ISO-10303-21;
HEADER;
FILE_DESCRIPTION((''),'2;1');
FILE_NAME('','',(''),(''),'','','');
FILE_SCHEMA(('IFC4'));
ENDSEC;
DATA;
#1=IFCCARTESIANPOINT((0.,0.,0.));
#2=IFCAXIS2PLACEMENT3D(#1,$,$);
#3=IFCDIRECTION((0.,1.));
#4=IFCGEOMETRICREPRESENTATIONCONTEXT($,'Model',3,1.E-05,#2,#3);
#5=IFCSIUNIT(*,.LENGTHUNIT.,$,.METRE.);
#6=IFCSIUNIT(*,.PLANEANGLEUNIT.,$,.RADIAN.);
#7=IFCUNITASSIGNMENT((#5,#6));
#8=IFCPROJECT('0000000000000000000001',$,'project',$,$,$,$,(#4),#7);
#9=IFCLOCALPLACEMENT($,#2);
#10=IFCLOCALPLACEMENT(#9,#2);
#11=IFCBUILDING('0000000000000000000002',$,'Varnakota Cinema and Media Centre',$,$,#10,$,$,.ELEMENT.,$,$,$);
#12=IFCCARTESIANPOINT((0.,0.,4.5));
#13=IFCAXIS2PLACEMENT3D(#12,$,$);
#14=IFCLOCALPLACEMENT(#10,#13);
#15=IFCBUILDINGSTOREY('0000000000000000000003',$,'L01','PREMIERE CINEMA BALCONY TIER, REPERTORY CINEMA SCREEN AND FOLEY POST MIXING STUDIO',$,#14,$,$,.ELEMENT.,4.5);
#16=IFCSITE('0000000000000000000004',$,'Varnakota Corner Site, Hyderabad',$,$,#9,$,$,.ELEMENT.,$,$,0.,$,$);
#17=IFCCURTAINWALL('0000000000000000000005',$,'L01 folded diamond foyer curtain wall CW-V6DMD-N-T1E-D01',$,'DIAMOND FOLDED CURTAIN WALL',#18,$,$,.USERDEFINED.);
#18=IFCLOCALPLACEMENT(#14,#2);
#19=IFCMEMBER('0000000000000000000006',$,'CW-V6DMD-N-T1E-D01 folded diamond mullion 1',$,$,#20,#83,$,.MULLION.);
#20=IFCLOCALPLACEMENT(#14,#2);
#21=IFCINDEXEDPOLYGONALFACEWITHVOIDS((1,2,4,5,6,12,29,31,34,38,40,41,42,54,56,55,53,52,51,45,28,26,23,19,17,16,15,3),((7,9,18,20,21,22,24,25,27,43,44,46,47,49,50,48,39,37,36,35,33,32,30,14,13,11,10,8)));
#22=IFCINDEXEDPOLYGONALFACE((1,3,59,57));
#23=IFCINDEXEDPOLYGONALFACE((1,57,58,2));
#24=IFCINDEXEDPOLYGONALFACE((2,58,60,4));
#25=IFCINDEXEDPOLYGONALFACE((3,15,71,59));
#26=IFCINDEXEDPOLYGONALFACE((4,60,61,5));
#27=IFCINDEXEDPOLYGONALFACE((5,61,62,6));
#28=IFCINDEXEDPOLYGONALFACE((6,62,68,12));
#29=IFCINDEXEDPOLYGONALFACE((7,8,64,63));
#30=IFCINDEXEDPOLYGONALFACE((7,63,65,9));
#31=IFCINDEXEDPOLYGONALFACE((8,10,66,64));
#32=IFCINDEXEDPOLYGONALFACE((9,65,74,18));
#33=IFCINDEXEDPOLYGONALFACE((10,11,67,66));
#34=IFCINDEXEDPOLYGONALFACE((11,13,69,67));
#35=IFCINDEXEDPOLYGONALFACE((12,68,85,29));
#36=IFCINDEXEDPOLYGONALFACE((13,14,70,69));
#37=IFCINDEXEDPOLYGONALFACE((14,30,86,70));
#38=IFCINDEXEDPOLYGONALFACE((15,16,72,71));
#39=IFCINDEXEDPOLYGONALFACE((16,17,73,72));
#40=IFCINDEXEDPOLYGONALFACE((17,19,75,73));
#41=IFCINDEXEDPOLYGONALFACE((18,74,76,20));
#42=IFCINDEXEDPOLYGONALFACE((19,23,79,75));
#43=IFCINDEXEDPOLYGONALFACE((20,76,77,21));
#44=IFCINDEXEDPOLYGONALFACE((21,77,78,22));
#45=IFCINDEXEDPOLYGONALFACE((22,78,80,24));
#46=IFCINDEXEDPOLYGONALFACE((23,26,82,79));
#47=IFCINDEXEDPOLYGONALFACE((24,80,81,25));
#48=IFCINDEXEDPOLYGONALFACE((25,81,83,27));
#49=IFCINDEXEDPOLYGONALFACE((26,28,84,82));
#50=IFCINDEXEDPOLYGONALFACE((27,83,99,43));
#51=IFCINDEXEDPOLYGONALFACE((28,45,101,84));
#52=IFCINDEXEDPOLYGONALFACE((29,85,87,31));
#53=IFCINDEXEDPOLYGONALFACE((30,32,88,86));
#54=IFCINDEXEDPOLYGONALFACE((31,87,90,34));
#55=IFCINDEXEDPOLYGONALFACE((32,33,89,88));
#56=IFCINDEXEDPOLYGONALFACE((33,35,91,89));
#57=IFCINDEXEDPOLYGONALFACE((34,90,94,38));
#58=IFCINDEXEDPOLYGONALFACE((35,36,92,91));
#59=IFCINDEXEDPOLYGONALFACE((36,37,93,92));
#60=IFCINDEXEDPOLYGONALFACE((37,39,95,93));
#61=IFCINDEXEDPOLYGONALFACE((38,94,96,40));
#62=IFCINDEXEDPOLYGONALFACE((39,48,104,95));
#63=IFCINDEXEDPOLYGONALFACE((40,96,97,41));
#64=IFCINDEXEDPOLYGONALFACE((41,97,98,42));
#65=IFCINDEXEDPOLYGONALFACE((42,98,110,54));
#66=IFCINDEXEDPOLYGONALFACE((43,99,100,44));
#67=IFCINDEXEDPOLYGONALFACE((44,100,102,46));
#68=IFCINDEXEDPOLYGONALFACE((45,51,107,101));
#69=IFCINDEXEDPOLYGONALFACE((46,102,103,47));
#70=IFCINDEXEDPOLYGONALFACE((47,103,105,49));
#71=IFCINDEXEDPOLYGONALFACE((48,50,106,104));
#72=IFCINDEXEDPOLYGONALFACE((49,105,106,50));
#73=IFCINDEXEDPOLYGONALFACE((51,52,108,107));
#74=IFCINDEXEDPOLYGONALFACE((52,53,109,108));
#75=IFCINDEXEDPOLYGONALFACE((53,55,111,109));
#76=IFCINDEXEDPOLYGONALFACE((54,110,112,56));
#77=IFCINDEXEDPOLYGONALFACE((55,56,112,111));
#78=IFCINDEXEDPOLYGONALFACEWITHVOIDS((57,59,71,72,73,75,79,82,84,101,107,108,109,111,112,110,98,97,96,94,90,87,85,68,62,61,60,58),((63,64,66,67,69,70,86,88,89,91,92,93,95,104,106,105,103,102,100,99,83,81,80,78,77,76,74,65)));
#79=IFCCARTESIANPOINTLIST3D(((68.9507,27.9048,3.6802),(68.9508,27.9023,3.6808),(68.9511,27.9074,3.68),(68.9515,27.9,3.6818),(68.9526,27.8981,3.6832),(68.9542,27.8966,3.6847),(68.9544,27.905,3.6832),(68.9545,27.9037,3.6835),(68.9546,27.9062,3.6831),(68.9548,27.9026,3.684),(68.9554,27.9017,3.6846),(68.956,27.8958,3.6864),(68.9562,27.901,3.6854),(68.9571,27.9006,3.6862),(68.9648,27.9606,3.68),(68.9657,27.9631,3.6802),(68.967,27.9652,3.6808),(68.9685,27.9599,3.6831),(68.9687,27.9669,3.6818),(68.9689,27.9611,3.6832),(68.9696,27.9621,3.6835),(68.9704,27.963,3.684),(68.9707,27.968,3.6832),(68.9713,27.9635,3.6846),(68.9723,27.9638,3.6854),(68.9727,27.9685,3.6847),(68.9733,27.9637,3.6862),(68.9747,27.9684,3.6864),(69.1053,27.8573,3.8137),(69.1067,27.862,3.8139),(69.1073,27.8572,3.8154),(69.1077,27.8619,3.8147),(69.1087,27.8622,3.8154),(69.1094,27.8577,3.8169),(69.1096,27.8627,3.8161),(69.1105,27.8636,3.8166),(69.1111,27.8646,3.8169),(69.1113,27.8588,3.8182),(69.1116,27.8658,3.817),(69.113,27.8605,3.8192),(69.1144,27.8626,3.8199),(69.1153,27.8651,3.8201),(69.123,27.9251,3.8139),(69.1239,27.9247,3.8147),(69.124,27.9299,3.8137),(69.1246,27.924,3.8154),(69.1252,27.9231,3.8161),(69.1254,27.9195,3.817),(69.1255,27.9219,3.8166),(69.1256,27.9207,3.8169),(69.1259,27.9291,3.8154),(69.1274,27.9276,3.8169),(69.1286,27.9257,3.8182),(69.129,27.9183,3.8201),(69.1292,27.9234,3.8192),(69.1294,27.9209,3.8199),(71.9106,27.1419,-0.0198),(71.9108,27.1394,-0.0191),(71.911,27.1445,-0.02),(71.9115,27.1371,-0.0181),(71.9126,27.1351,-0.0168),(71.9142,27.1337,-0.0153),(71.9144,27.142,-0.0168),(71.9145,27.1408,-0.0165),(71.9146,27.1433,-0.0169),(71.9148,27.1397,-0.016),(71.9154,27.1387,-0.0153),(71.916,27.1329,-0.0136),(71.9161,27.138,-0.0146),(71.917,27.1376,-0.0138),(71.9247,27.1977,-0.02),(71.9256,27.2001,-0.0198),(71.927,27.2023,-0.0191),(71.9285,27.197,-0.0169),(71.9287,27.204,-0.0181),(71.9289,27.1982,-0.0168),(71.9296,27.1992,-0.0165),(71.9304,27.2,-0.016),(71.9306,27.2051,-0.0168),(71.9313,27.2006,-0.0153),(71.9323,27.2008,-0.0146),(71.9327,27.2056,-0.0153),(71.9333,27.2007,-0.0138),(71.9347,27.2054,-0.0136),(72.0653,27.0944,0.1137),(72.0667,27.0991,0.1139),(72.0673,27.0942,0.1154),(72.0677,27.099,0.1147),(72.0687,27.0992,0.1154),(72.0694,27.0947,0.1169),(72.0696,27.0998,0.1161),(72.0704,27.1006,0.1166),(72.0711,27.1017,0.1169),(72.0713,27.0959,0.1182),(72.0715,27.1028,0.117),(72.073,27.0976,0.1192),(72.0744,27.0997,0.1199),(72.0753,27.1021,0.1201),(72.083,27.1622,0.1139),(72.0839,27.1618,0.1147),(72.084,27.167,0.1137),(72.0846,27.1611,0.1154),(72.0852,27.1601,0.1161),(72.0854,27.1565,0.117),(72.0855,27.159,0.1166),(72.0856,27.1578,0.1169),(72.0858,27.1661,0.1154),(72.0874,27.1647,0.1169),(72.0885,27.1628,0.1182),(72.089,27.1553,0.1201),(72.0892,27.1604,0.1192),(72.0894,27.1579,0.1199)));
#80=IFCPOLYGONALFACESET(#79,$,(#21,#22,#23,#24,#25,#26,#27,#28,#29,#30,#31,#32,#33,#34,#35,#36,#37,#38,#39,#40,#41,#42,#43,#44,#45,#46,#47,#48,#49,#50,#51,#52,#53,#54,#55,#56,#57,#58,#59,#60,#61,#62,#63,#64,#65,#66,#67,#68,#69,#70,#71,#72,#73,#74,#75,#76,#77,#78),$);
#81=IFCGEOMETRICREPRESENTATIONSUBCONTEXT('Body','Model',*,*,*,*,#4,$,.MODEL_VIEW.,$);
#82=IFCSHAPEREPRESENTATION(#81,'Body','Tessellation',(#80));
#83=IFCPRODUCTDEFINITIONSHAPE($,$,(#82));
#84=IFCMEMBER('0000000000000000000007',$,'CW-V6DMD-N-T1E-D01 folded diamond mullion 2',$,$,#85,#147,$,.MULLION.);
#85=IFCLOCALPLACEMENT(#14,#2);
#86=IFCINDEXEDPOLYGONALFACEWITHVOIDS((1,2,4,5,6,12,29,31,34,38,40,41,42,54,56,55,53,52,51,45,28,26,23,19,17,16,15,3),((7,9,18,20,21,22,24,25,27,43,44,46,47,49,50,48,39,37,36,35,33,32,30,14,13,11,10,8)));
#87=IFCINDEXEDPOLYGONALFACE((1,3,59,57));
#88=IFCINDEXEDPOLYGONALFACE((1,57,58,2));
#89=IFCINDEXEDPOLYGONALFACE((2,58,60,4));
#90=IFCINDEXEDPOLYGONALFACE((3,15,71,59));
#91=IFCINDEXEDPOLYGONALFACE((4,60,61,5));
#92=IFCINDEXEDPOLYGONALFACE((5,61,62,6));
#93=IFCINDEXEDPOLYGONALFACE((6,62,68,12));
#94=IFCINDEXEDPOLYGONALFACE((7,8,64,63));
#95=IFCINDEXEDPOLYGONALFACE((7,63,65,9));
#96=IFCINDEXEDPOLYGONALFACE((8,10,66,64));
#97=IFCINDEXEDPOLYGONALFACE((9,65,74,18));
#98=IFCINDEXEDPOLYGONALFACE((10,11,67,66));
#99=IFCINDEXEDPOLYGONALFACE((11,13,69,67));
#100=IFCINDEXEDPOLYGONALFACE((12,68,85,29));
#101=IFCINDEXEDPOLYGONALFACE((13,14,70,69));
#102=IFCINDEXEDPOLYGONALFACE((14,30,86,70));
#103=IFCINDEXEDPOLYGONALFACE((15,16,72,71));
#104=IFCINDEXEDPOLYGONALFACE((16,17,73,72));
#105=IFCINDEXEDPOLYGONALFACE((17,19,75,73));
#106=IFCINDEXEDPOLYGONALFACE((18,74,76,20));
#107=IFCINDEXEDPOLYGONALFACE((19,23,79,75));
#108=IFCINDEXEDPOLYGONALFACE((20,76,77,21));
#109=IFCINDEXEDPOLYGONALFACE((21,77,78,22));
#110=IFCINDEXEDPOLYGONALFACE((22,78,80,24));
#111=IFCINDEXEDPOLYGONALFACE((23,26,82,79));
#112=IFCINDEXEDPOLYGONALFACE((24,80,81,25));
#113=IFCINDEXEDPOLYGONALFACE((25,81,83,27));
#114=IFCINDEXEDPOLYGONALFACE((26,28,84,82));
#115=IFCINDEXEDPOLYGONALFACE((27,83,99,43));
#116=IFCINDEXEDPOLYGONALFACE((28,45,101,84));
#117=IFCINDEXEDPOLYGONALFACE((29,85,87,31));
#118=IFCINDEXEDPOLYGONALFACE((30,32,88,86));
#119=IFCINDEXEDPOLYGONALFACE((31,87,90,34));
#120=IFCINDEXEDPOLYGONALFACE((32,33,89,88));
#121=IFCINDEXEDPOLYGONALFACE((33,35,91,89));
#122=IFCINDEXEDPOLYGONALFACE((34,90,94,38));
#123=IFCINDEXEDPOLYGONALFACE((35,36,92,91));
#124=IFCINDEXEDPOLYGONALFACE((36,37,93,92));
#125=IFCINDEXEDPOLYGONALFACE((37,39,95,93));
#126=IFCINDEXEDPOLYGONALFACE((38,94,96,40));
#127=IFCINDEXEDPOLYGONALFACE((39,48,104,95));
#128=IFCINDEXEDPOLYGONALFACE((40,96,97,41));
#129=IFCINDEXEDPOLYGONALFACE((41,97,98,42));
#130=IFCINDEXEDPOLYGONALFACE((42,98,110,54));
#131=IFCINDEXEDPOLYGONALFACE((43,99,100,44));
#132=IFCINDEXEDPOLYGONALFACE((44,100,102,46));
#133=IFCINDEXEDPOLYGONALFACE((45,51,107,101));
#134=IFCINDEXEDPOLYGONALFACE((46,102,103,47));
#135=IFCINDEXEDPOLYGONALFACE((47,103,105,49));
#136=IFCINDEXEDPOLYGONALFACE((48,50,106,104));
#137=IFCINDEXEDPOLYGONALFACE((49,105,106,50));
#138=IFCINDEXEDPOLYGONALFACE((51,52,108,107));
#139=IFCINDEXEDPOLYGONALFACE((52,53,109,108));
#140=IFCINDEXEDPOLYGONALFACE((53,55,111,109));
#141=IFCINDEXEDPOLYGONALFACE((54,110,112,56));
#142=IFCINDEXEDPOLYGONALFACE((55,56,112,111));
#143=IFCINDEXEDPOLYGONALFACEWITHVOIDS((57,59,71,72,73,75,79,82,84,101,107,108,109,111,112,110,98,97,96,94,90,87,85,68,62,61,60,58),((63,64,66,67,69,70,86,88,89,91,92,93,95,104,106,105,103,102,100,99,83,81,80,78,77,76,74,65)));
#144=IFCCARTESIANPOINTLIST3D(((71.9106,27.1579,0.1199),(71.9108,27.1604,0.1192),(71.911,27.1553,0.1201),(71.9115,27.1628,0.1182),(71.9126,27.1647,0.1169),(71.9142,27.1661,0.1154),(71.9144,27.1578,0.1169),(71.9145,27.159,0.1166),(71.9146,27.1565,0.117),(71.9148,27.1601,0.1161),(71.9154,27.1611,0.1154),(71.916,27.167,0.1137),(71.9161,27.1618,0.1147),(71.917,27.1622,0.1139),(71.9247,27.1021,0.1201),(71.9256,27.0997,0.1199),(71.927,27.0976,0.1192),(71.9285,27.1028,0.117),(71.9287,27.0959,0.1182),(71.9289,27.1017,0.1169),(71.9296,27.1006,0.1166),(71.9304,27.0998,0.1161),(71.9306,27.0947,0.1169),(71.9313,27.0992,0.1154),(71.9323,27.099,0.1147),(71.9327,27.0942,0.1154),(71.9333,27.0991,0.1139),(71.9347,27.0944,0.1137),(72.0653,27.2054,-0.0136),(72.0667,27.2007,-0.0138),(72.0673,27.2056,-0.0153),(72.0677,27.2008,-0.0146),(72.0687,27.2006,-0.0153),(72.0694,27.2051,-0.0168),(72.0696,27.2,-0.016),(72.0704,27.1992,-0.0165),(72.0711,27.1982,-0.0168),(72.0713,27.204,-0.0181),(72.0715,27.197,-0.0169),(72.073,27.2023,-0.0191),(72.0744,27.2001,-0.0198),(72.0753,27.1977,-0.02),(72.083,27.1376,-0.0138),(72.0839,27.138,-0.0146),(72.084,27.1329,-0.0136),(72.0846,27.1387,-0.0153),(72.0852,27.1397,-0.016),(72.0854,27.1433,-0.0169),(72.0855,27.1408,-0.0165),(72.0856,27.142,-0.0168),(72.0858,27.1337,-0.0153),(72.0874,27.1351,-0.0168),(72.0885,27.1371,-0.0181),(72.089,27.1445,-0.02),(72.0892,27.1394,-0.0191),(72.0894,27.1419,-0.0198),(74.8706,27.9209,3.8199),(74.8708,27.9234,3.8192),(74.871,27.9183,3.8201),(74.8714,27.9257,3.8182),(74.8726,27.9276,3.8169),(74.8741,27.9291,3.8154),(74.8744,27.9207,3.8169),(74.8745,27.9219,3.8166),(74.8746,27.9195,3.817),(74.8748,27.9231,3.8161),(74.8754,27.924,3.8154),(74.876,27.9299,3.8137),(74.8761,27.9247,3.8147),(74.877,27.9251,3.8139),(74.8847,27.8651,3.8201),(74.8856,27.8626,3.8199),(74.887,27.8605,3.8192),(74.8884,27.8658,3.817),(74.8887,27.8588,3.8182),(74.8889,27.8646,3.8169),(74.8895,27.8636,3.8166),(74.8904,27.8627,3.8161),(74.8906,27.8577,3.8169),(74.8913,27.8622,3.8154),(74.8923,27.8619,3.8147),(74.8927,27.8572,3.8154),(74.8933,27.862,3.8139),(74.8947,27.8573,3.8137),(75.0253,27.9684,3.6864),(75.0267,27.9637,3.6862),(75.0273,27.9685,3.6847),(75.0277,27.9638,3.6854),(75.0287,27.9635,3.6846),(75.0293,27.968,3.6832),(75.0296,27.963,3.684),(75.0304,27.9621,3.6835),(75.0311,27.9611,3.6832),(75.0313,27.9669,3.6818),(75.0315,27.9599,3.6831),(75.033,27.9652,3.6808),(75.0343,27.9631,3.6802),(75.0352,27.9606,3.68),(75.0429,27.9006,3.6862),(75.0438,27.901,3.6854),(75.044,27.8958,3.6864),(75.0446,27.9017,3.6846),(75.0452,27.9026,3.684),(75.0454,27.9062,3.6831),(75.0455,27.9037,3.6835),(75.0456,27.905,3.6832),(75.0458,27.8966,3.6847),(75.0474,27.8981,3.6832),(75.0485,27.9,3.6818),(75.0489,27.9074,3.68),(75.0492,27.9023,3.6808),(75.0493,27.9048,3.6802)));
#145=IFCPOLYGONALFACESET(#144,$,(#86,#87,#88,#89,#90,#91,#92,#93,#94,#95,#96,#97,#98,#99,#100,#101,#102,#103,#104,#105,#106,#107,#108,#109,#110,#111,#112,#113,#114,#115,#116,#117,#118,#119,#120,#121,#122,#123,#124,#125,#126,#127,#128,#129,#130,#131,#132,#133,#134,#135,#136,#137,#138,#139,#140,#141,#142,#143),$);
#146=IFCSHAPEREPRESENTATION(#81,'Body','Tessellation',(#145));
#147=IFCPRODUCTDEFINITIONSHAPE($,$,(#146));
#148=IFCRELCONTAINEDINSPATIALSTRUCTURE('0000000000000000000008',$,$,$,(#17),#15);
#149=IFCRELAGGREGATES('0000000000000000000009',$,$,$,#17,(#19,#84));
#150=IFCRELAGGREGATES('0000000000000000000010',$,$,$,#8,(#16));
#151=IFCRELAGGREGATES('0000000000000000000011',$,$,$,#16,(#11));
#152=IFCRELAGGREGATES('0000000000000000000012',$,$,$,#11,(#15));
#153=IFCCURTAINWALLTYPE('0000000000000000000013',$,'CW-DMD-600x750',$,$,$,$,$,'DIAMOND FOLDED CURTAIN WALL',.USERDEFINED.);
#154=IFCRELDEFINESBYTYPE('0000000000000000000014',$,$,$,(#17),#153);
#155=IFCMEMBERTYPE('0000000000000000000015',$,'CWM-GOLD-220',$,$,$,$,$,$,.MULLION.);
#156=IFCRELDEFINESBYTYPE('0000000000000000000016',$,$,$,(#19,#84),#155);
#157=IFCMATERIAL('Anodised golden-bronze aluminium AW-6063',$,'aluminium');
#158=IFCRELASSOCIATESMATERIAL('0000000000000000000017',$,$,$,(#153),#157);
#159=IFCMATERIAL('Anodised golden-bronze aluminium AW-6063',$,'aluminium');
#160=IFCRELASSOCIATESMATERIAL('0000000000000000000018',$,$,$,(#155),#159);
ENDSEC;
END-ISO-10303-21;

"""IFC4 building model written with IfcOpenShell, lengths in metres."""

from ifc_helpers import new_model, si_unit, direction, frame, origin, origin_2d, place, context, subcontext, project, spatial, hollow_rectangle, extrude, material, material_profile, profile_set, type_object, element, aggregate, save


model = new_model("IFC4")

# Units and contexts
model_context = context("Model", 3, precision=1e-05, world=origin(), true_north=direction((0.0, 1.0)))
body_context = subcontext(model_context, "Body", "Model", "MODEL_VIEW")
ifc_project = project(units=[si_unit("LENGTHUNIT", "METRE"), si_unit("PLANEANGLEUNIT", "RADIAN")], contexts=[model_context])

# Site, building, storey
site_placement = place(None, origin())
site = spatial("IfcSite", under=ifc_project, at=site_placement, Name="Varnakota Corner Site, Hyderabad", CompositionType="ELEMENT", RefElevation=0.0)
building_placement = place(site_placement, origin())
building = spatial("IfcBuilding", under=site, at=building_placement, Name="Varnakota Cinema and Media Centre", CompositionType="ELEMENT")
storey_placement = place(building_placement, frame((0.0, 0.0, 4.5)))
storey = spatial("IfcBuildingStorey", under=building, at=storey_placement, Name="L01", Description="PREMIERE CINEMA BALCONY TIER, REPERTORY CINEMA SCREEN AND FOLEY POST MIXING STUDIO", CompositionType="ELEMENT", Elevation=4.5)

# Curtain wall, members
ifc_material_1 = material(Name="Anodised golden-bronze aluminium AW-6063", Category="aluminium")
curtain_wall_type = type_object("IfcCurtainWallType", Name="CW-DMD-600x750", ElementType="DIAMOND FOLDED CURTAIN WALL", PredefinedType="USERDEFINED", material=ifc_material_1)
curtain_wall_placement = place(storey_placement, origin())
curtain_wall = element("IfcCurtainWall", 1, at=curtain_wall_placement, inside=storey, type_object=curtain_wall_type, Name="L01 folded diamond foyer curtain wall CW-V6DMD-N-T1E-D01", ObjectType="DIAMOND FOLDED CURTAIN WALL", PredefinedType="USERDEFINED")
ifc_material_2 = material(Name="Anodised golden-bronze aluminium AW-6063", Category="aluminium")
ifc_material_profile_1 = material_profile(ifc_material_2, hollow_rectangle(XDim=0.075, YDim=0.22, WallThickness=0.0049, InnerFilletRadius=0.0049, OuterFilletRadius=0.01, at=origin_2d()), Name="AL-MULLION 220x75x5")
ifc_profile_set_1 = profile_set([ifc_material_profile_1], Name="Anodised golden-bronze aluminium AW-6063")
member_type_1 = type_object("IfcMemberType", Name="CWM-GOLD-220", PredefinedType="MULLION", material=ifc_profile_set_1)
member_1_placement = place(storey_placement, frame((72.0, 27.1499, 0.05), z_axis=(-0.616751, 0.15897, 0.770939), x_axis=(-0.249595, -0.96835, 0.0)))
member_1 = element("IfcMember", 2, at=member_1_placement, type_object=member_type_1, Name="CW-V6DMD-N-T1E-D01 folded diamond mullion 1", PredefinedType="MULLION", context=body_context, shape_type="SweptSolid", body=[
    extrude(hollow_rectangle(XDim=0.075, YDim=0.22, WallThickness=0.0049, InnerFilletRadius=0.0049, OuterFilletRadius=0.01, at=origin_2d()), origin(), (0.0, 0.0, 1.0), 4.7993),
])
member_2_placement = place(storey_placement, frame((72.0, 27.1499, 0.05), z_axis=(0.616751, 0.15897, 0.770939), x_axis=(-0.249595, 0.96835, 0.0)))
member_2 = element("IfcMember", 3, at=member_2_placement, type_object=member_type_1, Name="CW-V6DMD-N-T1E-D01 folded diamond mullion 2", PredefinedType="MULLION", context=body_context, shape_type="SweptSolid", body=[
    extrude(hollow_rectangle(XDim=0.075, YDim=0.22, WallThickness=0.0049, InnerFilletRadius=0.0049, OuterFilletRadius=0.01, at=origin_2d()), origin(), (0.0, 0.0, 1.0), 4.7993),
])

aggregate(curtain_wall, [member_1, member_2])

save(model, "model.ifc")
